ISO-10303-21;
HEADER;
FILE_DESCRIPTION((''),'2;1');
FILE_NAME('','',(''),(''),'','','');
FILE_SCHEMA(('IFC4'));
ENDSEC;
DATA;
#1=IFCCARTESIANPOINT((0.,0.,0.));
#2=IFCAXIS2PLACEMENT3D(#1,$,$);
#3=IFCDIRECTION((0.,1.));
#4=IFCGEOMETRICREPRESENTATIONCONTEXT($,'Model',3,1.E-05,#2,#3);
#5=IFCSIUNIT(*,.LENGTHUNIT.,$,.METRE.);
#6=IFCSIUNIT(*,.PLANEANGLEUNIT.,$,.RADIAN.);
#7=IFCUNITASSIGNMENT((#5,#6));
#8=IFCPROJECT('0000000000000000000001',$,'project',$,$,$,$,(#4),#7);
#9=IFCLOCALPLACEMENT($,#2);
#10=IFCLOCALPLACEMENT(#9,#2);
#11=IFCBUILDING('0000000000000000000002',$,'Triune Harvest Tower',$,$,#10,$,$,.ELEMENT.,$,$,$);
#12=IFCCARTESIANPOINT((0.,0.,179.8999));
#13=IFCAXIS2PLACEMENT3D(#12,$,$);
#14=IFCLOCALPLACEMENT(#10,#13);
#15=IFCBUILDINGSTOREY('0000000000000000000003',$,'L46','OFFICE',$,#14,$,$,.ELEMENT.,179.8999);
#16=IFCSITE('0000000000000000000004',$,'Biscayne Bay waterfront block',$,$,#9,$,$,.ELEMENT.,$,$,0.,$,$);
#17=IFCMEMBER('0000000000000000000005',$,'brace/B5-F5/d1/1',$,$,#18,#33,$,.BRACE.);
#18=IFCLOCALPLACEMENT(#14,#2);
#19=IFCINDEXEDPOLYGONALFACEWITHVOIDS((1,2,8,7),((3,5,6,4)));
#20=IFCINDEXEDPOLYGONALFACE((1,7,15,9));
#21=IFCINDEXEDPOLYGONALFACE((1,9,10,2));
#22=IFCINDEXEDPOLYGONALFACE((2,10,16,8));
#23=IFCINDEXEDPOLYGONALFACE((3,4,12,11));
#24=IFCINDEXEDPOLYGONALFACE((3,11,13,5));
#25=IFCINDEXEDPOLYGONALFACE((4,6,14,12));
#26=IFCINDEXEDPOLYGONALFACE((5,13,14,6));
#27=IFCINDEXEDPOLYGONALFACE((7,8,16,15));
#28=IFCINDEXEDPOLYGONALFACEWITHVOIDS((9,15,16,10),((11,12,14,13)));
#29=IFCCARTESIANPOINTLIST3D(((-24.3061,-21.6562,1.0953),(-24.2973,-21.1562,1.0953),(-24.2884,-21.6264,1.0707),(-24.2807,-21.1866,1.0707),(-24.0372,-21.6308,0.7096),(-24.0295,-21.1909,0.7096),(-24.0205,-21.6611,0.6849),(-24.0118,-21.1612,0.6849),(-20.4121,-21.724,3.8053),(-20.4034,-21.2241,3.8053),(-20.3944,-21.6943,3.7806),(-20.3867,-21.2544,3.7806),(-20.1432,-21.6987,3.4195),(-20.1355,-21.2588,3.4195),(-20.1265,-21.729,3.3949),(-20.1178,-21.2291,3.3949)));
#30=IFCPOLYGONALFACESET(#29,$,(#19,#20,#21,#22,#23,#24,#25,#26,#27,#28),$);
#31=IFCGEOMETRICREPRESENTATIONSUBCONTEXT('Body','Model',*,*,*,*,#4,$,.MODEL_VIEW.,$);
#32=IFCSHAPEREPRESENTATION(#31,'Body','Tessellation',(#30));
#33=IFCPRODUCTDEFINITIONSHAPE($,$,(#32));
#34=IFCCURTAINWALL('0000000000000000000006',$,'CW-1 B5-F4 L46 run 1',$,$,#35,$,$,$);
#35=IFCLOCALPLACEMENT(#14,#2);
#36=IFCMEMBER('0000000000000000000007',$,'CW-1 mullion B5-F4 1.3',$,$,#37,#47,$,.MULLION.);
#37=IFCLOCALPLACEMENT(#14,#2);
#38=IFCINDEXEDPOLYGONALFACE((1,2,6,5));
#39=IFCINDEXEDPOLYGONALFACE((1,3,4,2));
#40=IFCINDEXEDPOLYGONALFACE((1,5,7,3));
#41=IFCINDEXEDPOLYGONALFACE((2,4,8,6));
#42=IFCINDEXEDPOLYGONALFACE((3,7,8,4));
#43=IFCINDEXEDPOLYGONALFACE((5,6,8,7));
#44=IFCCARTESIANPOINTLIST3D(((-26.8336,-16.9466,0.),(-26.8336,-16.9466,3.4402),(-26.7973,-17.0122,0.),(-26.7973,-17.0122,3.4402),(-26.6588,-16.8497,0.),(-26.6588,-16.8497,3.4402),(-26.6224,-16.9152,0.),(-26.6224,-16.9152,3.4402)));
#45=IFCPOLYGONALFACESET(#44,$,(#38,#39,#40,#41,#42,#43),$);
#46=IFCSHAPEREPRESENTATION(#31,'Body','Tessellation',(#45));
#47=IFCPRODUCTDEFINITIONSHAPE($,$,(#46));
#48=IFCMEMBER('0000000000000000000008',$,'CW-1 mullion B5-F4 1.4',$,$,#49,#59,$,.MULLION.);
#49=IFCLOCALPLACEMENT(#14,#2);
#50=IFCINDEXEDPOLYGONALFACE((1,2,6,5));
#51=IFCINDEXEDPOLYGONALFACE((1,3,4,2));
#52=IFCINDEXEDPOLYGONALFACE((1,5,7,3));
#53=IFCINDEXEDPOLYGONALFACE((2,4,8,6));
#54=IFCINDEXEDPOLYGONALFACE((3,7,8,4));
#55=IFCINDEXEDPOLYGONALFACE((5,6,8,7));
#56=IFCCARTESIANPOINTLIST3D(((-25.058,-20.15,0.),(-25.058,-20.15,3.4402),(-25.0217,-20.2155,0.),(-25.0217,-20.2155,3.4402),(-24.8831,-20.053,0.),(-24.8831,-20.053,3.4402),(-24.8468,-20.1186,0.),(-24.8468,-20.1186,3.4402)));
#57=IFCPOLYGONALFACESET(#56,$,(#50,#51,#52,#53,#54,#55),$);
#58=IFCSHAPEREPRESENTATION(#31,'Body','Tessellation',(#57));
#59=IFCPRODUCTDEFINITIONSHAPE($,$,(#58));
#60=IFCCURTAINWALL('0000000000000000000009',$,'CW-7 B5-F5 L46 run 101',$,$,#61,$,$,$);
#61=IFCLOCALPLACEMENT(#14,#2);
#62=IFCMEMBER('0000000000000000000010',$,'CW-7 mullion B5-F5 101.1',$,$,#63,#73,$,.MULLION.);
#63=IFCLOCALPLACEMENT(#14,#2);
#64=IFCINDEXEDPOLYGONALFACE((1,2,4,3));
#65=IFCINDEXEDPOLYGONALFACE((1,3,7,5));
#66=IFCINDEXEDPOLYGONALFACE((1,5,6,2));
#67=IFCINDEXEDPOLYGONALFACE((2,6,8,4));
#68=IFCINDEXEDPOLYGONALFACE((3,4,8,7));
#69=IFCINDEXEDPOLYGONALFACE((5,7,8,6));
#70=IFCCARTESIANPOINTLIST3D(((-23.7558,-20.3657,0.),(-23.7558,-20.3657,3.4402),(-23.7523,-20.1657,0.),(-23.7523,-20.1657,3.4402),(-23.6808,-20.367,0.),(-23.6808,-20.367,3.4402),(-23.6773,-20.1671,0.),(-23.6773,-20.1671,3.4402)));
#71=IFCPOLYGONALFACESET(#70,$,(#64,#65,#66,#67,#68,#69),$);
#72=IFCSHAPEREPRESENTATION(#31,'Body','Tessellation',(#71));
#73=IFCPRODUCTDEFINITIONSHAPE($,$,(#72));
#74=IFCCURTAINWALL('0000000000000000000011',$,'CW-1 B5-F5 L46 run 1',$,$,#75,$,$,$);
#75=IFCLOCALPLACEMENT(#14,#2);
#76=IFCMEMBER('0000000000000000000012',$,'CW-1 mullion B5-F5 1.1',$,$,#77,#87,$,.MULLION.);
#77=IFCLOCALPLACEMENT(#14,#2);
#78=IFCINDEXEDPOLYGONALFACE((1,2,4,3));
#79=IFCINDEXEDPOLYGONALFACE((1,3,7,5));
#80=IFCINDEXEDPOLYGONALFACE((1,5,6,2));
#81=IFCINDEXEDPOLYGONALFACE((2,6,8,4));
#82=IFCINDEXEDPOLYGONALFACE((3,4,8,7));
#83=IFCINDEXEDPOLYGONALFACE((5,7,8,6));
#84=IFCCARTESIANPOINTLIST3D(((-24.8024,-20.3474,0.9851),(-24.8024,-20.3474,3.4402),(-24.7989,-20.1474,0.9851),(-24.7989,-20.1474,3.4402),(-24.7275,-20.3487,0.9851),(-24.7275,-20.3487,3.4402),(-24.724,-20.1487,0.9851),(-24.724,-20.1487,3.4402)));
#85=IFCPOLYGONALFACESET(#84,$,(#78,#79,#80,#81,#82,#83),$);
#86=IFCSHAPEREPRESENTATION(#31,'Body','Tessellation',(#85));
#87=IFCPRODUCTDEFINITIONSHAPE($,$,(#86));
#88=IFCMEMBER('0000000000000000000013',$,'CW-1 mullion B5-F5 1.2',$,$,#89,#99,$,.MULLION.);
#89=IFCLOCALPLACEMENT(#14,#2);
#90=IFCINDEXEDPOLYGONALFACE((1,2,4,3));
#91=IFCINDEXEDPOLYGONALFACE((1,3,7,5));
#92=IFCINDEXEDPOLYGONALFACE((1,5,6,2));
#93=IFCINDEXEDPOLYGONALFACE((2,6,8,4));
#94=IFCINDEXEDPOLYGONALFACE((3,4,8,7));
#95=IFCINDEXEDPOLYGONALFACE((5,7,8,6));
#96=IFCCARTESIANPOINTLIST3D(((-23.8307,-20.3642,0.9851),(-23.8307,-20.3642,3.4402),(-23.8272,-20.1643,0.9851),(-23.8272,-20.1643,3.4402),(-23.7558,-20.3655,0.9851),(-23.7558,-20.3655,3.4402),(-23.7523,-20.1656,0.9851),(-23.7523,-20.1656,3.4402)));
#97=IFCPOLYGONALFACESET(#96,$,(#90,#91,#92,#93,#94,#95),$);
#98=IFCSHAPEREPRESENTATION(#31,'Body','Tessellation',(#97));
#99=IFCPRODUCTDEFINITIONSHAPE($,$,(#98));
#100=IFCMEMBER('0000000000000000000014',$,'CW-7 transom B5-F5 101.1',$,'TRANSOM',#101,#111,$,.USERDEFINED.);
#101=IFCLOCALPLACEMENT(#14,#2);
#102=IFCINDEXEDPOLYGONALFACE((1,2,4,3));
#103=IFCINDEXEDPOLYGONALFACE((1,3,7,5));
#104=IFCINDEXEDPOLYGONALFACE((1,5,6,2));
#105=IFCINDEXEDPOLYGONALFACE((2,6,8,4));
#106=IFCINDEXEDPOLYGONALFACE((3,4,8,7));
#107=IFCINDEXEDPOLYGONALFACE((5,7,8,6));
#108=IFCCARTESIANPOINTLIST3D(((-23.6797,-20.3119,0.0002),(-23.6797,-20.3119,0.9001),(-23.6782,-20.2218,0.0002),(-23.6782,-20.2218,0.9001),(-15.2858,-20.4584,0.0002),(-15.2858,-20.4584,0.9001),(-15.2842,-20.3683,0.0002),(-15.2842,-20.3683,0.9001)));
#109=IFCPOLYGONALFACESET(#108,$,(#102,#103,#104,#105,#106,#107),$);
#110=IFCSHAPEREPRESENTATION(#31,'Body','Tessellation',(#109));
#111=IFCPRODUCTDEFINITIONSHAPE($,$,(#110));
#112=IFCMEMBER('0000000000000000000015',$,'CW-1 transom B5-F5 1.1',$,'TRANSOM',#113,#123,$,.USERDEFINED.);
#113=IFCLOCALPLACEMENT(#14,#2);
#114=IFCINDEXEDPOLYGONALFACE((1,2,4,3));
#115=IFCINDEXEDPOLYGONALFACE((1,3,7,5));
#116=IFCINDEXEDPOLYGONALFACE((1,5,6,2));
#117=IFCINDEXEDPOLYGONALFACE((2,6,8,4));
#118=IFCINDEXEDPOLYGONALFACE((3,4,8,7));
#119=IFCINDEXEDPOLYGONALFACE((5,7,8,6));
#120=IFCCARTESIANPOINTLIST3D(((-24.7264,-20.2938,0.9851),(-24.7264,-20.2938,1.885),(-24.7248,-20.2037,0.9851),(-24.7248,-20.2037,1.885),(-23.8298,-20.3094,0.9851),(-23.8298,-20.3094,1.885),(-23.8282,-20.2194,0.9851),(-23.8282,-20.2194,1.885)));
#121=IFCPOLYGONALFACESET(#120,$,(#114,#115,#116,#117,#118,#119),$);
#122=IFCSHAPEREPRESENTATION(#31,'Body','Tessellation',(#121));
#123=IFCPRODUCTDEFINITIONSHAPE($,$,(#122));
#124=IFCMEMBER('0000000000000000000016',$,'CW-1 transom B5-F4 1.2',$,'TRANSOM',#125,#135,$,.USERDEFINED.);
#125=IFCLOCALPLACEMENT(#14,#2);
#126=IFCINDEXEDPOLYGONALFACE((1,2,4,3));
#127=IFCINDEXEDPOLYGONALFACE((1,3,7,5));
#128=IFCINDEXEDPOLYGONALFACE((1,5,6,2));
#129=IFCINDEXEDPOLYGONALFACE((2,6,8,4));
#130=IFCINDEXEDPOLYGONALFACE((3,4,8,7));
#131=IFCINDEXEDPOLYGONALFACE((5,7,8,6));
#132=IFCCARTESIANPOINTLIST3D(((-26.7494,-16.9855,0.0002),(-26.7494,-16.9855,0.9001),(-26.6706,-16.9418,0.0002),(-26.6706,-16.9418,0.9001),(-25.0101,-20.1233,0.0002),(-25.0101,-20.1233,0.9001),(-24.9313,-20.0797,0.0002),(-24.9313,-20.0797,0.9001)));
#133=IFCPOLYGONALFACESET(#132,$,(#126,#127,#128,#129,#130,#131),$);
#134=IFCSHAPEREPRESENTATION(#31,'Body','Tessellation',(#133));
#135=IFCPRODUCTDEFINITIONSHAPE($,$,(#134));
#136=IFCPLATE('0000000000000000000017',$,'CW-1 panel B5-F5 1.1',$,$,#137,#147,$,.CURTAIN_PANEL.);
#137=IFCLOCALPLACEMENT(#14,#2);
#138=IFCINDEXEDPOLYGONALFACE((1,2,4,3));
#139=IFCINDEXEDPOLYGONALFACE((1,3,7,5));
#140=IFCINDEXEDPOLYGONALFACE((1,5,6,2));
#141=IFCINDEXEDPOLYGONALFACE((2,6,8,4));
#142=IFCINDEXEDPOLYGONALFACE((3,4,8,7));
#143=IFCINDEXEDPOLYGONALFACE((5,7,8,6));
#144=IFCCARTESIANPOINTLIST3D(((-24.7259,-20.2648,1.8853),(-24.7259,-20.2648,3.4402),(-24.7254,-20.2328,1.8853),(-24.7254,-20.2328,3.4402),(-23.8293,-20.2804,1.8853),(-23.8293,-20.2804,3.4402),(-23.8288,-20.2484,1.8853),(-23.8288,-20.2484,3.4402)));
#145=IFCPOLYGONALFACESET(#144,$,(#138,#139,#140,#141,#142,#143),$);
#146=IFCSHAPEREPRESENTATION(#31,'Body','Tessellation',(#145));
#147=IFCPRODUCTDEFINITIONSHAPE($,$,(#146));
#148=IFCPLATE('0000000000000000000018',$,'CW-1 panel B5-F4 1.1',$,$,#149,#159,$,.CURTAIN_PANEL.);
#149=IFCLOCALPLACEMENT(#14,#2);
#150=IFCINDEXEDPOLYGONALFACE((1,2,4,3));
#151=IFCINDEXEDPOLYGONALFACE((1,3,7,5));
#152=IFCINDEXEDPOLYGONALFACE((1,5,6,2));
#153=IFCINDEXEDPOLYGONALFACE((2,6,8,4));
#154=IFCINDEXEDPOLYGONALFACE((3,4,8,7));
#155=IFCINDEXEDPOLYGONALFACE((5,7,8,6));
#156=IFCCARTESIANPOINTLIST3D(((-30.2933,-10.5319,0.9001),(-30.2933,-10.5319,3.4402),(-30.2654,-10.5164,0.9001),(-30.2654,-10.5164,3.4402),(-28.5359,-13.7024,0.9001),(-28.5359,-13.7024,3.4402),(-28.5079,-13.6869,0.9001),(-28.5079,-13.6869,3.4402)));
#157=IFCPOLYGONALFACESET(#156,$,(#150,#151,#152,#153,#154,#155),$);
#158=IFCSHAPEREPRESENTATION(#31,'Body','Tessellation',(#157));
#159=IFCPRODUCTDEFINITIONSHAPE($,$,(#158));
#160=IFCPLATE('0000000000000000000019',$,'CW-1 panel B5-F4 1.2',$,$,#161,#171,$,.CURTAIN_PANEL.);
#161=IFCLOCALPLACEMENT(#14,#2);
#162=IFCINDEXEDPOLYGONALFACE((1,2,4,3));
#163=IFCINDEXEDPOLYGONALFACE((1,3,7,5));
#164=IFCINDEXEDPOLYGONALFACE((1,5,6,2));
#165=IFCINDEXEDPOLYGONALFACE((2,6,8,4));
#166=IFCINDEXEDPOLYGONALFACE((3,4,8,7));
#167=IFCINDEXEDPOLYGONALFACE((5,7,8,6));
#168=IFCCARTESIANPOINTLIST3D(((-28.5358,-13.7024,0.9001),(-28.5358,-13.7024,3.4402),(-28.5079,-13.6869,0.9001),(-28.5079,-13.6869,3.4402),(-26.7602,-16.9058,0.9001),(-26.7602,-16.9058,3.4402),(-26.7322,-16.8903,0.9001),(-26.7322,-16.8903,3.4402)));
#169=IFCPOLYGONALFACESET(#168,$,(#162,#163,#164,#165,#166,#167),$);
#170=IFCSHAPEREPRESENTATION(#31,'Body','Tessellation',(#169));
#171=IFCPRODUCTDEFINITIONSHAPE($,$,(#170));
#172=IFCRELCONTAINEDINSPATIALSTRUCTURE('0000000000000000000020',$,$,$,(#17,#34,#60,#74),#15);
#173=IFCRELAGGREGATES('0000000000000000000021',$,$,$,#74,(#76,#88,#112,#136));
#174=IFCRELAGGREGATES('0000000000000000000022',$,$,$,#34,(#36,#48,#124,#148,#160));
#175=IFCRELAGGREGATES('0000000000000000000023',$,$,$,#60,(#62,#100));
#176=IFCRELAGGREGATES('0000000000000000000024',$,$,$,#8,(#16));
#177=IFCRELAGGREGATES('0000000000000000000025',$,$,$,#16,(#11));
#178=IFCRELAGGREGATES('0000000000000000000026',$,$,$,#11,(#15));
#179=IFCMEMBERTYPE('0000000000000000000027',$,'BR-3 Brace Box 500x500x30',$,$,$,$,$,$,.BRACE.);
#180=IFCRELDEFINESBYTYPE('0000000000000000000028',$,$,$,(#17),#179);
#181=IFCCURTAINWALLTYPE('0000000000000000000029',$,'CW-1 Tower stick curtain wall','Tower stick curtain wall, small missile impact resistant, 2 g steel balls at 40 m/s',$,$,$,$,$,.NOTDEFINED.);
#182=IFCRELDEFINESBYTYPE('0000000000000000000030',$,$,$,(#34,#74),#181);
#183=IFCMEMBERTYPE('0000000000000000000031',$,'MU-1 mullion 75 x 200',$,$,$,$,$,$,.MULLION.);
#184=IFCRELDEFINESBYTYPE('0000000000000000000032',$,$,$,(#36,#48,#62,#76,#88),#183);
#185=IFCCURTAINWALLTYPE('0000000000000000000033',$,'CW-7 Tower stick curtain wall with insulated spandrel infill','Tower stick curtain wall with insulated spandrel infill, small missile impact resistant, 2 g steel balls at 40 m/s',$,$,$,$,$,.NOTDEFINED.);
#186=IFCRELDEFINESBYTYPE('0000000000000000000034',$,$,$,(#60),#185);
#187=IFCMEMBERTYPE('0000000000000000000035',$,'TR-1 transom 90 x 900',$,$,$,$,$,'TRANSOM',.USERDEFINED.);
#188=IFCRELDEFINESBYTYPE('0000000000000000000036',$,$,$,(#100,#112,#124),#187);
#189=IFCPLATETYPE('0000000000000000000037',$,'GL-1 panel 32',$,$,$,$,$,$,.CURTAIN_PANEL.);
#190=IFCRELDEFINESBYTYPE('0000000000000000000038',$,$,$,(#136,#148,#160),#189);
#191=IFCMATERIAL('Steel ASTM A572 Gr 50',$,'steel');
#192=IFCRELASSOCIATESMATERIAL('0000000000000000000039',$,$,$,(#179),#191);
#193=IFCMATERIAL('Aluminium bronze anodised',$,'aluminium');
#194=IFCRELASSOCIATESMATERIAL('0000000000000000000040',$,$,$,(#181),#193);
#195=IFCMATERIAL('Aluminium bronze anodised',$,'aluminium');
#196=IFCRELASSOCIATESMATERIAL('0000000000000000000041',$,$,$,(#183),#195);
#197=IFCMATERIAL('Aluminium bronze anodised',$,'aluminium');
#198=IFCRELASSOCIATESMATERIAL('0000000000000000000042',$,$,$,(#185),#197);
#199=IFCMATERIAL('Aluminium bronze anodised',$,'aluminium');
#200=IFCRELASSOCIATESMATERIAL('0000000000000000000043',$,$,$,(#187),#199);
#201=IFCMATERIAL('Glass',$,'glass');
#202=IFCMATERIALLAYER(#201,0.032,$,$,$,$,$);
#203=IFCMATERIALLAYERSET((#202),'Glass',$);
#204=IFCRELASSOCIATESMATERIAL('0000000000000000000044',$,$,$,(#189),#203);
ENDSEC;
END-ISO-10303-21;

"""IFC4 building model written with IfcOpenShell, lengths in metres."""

from ifc_helpers import new_model, si_unit, direction, frame, origin, origin_2d, place, context, subcontext, project, spatial, rectangle, hollow_rectangle, extrude, source, transform, mapped, material, layer, layer_set, material_profile, profile_set, type_object, element, aggregate, save


model = new_model("IFC4")

# Units and contexts
model_context = context("Model", 3, precision=1e-05, world=origin(), true_north=direction((0.0, 1.0)))
body_context = subcontext(model_context, "Body", "Model", "MODEL_VIEW")
ifc_project = project(units=[si_unit("LENGTHUNIT", "METRE"), si_unit("PLANEANGLEUNIT", "RADIAN")], contexts=[model_context])

# Site, building, storey
site_placement = place(None, origin())
site = spatial("IfcSite", under=ifc_project, at=site_placement, Name="Biscayne Bay waterfront block", CompositionType="ELEMENT", RefElevation=0.0)
building_placement = place(site_placement, origin())
building = spatial("IfcBuilding", under=site, at=building_placement, Name="Triune Harvest Tower", CompositionType="ELEMENT")
storey_placement = place(building_placement, frame((0.0, 0.0, 179.8999)))
storey = spatial("IfcBuildingStorey", under=building, at=storey_placement, Name="L46", Description="OFFICE", CompositionType="ELEMENT", Elevation=179.8999)

# Member
ifc_material_1 = material(Name="Steel ASTM A572 Gr 50", Category="steel")
ifc_material_profile_1 = material_profile(ifc_material_1, hollow_rectangle(XDim=0.5, YDim=0.5, WallThickness=0.03, at=origin_2d()), Name="Box 500x500x30")
ifc_profile_set_1 = profile_set([ifc_material_profile_1], Name="Steel ASTM A572 Gr 50")
member_type_1 = type_object("IfcMemberType", Name="BR-3 Brace Box 500x500x30", PredefinedType="BRACE", material=ifc_profile_set_1)
shared_shape_1 = source(origin(), body_context, "Body", "SweptSolid", [
    extrude(hollow_rectangle(XDim=0.5, YDim=0.5, WallThickness=0.03, at=origin_2d()), origin(), (0.0, 0.0, 1.0), 4.7446),
])
member_1_placement = place(storey_placement, frame((-24.1589, -21.4087, 0.8901), z_axis=(0.820716, -0.014305, 0.571157), x_axis=(0.017427, 0.999848, 0.0)))
element("IfcMember", 1, at=member_1_placement, inside=storey, type_object=member_type_1, Name="brace/B5-F5/d1/1", PredefinedType="BRACE", context=body_context, shape_type="MappedRepresentation", body=[
    mapped(shared_shape_1, transform((0.0, 0.0, 0.0), scale=1.0)),
])

# Curtain wall, members
ifc_material_2 = material(Name="Aluminium bronze anodised", Category="aluminium")
curtain_wall_type_1 = type_object("IfcCurtainWallType", Name="CW-1 Tower stick curtain wall", Description="Tower stick curtain wall, small missile impact resistant, 2 g steel balls at 40 m/s", PredefinedType="NOTDEFINED", material=ifc_material_2)
curtain_wall_1_placement = place(storey_placement, origin())
curtain_wall_1 = element("IfcCurtainWall", 2, at=curtain_wall_1_placement, inside=storey, type_object=curtain_wall_type_1, Name="CW-1 B5-F4 L46 run 1")
ifc_material_3 = material(Name="Aluminium bronze anodised", Category="aluminium")
ifc_material_profile_2 = material_profile(ifc_material_3, rectangle(XDim=0.2, YDim=0.075, at=origin_2d()), Name="MU-1 mullion 75 x 200")
ifc_profile_set_2 = profile_set([ifc_material_profile_2], Name="Aluminium bronze anodised")
member_type_2 = type_object("IfcMemberType", Name="MU-1 mullion 75 x 200", PredefinedType="MULLION", material=ifc_profile_set_2)
shared_shape_2 = source(origin(), body_context, "Body", "SweptSolid", [
    extrude(rectangle(XDim=0.2, YDim=0.075, at=origin_2d()), origin(), (0.0, 0.0, 1.0), 3.4402),
])
member_2_placement = place(storey_placement, frame((-26.728, -16.9309, 0.0), z_axis=(0.0, 0.0, 1.0), x_axis=(0.874624, 0.484802, 0.0)))
member_2 = element("IfcMember", 3, at=member_2_placement, type_object=member_type_2, Name="CW-1 mullion B5-F4 1.3", PredefinedType="MULLION", context=body_context, shape_type="MappedRepresentation", body=[
    mapped(shared_shape_2, transform((0.0, 0.0, 0.0), scale=1.0)),
])
member_3_placement = place(storey_placement, frame((-24.9524, -20.1343, 0.0), z_axis=(0.0, 0.0, 1.0), x_axis=(0.874624, 0.484802, 0.0)))
member_3 = element("IfcMember", 4, at=member_3_placement, type_object=member_type_2, Name="CW-1 mullion B5-F4 1.4", PredefinedType="MULLION", context=body_context, shape_type="MappedRepresentation", body=[
    mapped(shared_shape_2, transform((0.0, 0.0, 0.0), scale=1.0)),
])

# Curtain wall, member
ifc_material_4 = material(Name="Aluminium bronze anodised", Category="aluminium")
curtain_wall_type_2 = type_object("IfcCurtainWallType", Name="CW-7 Tower stick curtain wall with insulated spandrel infill", Description="Tower stick curtain wall with insulated spandrel infill, small missile impact resistant, 2 g steel balls at 40 m/s", PredefinedType="NOTDEFINED", material=ifc_material_4)
curtain_wall_2_placement = place(storey_placement, origin())
curtain_wall_2 = element("IfcCurtainWall", 5, at=curtain_wall_2_placement, inside=storey, type_object=curtain_wall_type_2, Name="CW-7 B5-F5 L46 run 101")
member_4_placement = place(storey_placement, frame((-23.7166, -20.2664, 0.0), z_axis=(0.0, 0.0, 1.0), x_axis=(0.017454, 0.999848, 0.0)))
member_4 = element("IfcMember", 6, at=member_4_placement, type_object=member_type_2, Name="CW-7 mullion B5-F5 101.1", PredefinedType="MULLION", context=body_context, shape_type="MappedRepresentation", body=[
    mapped(shared_shape_2, transform((0.0, 0.0, 0.0), scale=1.0)),
])

# Curtain wall, members
curtain_wall_3_placement = place(storey_placement, origin())
curtain_wall_3 = element("IfcCurtainWall", 7, at=curtain_wall_3_placement, inside=storey, type_object=curtain_wall_type_1, Name="CW-1 B5-F5 L46 run 1")
shared_shape_3 = source(origin(), body_context, "Body", "SweptSolid", [
    extrude(rectangle(XDim=0.2, YDim=0.075, at=origin_2d()), origin(), (0.0, 0.0, 1.0), 2.4551),
])
member_5_placement = place(storey_placement, frame((-24.7632, -20.248, 0.9851), z_axis=(0.0, 0.0, 1.0), x_axis=(0.017387, 0.999849, 0.0)))
member_5 = element("IfcMember", 8, at=member_5_placement, type_object=member_type_2, Name="CW-1 mullion B5-F5 1.1", PredefinedType="MULLION", context=body_context, shape_type="MappedRepresentation", body=[
    mapped(shared_shape_3, transform((0.0, 0.0, 0.0), scale=1.0)),
])
member_6_placement = place(storey_placement, frame((-23.7915, -20.2649, 0.9851), z_axis=(0.0, 0.0, 1.0), x_axis=(0.017387, 0.999849, 0.0)))
member_6 = element("IfcMember", 9, at=member_6_placement, type_object=member_type_2, Name="CW-1 mullion B5-F5 1.2", PredefinedType="MULLION", context=body_context, shape_type="MappedRepresentation", body=[
    mapped(shared_shape_3, transform((0.0, 0.0, 0.0), scale=1.0)),
])

# Members
ifc_material_5 = material(Name="Aluminium bronze anodised", Category="aluminium")
ifc_material_profile_3 = material_profile(ifc_material_5, rectangle(XDim=0.0901, YDim=0.8999, at=origin_2d()), Name="TR-1 transom 90 x 900")
ifc_profile_set_3 = profile_set([ifc_material_profile_3], Name="Aluminium bronze anodised")
member_type_3 = type_object("IfcMemberType", Name="TR-1 transom 90 x 900", ElementType="TRANSOM", PredefinedType="USERDEFINED", material=ifc_profile_set_3)
shared_shape_4 = source(origin(), body_context, "Body", "SweptSolid", [
    extrude(rectangle(XDim=0.0901, YDim=0.8999, at=origin_2d()), origin(), (0.0, 0.0, 1.0), 8.3953),
])
member_7_placement = place(storey_placement, frame((-23.679, -20.2668, 0.4502), z_axis=(0.999848, -0.017448, 0.0), x_axis=(0.017448, 0.999848, 0.0)))
member_7 = element("IfcMember", 10, at=member_7_placement, type_object=member_type_3, Name="CW-7 transom B5-F5 101.1", ObjectType="TRANSOM", PredefinedType="USERDEFINED", context=body_context, shape_type="MappedRepresentation", body=[
    mapped(shared_shape_4, transform((0.0, 0.0, 0.0), scale=1.0)),
])
shared_shape_5 = source(origin(), body_context, "Body", "SweptSolid", [
    extrude(rectangle(XDim=0.0901, YDim=0.8999, at=origin_2d()), origin(), (0.0, 0.0, 1.0), 0.8967),
])
member_8_placement = place(storey_placement, frame((-24.7256, -20.2488, 1.4351), z_axis=(0.999848, -0.017427, 0.0), x_axis=(0.017427, 0.999848, 0.0)))
member_8 = element("IfcMember", 11, at=member_8_placement, type_object=member_type_3, Name="CW-1 transom B5-F5 1.1", ObjectType="TRANSOM", PredefinedType="USERDEFINED", context=body_context, shape_type="MappedRepresentation", body=[
    mapped(shared_shape_5, transform((0.0, 0.0, 0.0), scale=1.0)),
])
shared_shape_6 = source(origin(), body_context, "Body", "SweptSolid", [
    extrude(rectangle(XDim=0.0901, YDim=0.8999, at=origin_2d()), origin(), (0.0, 0.0, 1.0), 3.5876),
])
member_9_placement = place(storey_placement, frame((-26.71, -16.9636, 0.4502), z_axis=(0.484782, -0.874635, 0.0), x_axis=(0.874635, 0.484782, 0.0)))
member_9 = element("IfcMember", 12, at=member_9_placement, type_object=member_type_3, Name="CW-1 transom B5-F4 1.2", ObjectType="TRANSOM", PredefinedType="USERDEFINED", context=body_context, shape_type="MappedRepresentation", body=[
    mapped(shared_shape_6, transform((0.0, 0.0, 0.0), scale=1.0)),
])

# Plates
ifc_material_6 = material(Name="Glass", Category="glass")
ifc_layer_1 = layer(ifc_material_6, 0.032)
ifc_layer_set_1 = layer_set([ifc_layer_1], Name="Glass")
plate_type_1 = type_object("IfcPlateType", Name="GL-1 panel 32", PredefinedType="CURTAIN_PANEL", material=ifc_layer_set_1)
shared_shape_7 = source(origin(), body_context, "Body", "SweptSolid", [
    extrude(rectangle(XDim=0.8967, YDim=0.032, at=origin_2d()), origin(), (0.0, 0.0, 1.0), 1.5549),
])
plate_1_placement = place(storey_placement, frame((-24.2773, -20.2566, 1.8853), z_axis=(0.0, 0.0, 1.0), x_axis=(0.999849, -0.017387, 0.0)))
plate_1 = element("IfcPlate", 13, at=plate_1_placement, type_object=plate_type_1, Name="CW-1 panel B5-F5 1.1", PredefinedType="CURTAIN_PANEL", context=body_context, shape_type="MappedRepresentation", body=[
    mapped(shared_shape_7, transform((0.0, 0.0, 0.0), scale=1.0)),
])
aggregate(curtain_wall_3, [member_5, member_6, member_8, plate_1])
shared_shape_8 = source(origin(), body_context, "Body", "SweptSolid", [
    extrude(rectangle(XDim=3.625, YDim=0.032, at=origin_2d()), origin(), (0.0, 0.0, 1.0), 2.54),
])
plate_2_placement = place(storey_placement, frame((-29.4006, -12.1094, 0.9001), z_axis=(0.0, 0.0, 1.0), x_axis=(0.484802, -0.874624, 0.0)))
plate_2 = element("IfcPlate", 14, at=plate_2_placement, type_object=plate_type_1, Name="CW-1 panel B5-F4 1.1", PredefinedType="CURTAIN_PANEL", context=body_context, shape_type="MappedRepresentation", body=[
    mapped(shared_shape_8, transform((0.0, 0.0, 0.0), scale=1.0)),
])
shared_shape_9 = source(origin(), body_context, "Body", "SweptSolid", [
    extrude(rectangle(XDim=3.6626, YDim=0.032, at=origin_2d()), origin(), (0.0, 0.0, 1.0), 2.54),
])
plate_3_placement = place(storey_placement, frame((-27.634, -15.2964, 0.9001), z_axis=(0.0, 0.0, 1.0), x_axis=(0.484802, -0.874624, 0.0)))
plate_3 = element("IfcPlate", 15, at=plate_3_placement, type_object=plate_type_1, Name="CW-1 panel B5-F4 1.2", PredefinedType="CURTAIN_PANEL", context=body_context, shape_type="MappedRepresentation", body=[
    mapped(shared_shape_9, transform((0.0, 0.0, 0.0), scale=1.0)),
])
aggregate(curtain_wall_1, [member_2, member_3, member_9, plate_2, plate_3])
aggregate(curtain_wall_2, [member_4, member_7])

save(model, "model.ifc")
